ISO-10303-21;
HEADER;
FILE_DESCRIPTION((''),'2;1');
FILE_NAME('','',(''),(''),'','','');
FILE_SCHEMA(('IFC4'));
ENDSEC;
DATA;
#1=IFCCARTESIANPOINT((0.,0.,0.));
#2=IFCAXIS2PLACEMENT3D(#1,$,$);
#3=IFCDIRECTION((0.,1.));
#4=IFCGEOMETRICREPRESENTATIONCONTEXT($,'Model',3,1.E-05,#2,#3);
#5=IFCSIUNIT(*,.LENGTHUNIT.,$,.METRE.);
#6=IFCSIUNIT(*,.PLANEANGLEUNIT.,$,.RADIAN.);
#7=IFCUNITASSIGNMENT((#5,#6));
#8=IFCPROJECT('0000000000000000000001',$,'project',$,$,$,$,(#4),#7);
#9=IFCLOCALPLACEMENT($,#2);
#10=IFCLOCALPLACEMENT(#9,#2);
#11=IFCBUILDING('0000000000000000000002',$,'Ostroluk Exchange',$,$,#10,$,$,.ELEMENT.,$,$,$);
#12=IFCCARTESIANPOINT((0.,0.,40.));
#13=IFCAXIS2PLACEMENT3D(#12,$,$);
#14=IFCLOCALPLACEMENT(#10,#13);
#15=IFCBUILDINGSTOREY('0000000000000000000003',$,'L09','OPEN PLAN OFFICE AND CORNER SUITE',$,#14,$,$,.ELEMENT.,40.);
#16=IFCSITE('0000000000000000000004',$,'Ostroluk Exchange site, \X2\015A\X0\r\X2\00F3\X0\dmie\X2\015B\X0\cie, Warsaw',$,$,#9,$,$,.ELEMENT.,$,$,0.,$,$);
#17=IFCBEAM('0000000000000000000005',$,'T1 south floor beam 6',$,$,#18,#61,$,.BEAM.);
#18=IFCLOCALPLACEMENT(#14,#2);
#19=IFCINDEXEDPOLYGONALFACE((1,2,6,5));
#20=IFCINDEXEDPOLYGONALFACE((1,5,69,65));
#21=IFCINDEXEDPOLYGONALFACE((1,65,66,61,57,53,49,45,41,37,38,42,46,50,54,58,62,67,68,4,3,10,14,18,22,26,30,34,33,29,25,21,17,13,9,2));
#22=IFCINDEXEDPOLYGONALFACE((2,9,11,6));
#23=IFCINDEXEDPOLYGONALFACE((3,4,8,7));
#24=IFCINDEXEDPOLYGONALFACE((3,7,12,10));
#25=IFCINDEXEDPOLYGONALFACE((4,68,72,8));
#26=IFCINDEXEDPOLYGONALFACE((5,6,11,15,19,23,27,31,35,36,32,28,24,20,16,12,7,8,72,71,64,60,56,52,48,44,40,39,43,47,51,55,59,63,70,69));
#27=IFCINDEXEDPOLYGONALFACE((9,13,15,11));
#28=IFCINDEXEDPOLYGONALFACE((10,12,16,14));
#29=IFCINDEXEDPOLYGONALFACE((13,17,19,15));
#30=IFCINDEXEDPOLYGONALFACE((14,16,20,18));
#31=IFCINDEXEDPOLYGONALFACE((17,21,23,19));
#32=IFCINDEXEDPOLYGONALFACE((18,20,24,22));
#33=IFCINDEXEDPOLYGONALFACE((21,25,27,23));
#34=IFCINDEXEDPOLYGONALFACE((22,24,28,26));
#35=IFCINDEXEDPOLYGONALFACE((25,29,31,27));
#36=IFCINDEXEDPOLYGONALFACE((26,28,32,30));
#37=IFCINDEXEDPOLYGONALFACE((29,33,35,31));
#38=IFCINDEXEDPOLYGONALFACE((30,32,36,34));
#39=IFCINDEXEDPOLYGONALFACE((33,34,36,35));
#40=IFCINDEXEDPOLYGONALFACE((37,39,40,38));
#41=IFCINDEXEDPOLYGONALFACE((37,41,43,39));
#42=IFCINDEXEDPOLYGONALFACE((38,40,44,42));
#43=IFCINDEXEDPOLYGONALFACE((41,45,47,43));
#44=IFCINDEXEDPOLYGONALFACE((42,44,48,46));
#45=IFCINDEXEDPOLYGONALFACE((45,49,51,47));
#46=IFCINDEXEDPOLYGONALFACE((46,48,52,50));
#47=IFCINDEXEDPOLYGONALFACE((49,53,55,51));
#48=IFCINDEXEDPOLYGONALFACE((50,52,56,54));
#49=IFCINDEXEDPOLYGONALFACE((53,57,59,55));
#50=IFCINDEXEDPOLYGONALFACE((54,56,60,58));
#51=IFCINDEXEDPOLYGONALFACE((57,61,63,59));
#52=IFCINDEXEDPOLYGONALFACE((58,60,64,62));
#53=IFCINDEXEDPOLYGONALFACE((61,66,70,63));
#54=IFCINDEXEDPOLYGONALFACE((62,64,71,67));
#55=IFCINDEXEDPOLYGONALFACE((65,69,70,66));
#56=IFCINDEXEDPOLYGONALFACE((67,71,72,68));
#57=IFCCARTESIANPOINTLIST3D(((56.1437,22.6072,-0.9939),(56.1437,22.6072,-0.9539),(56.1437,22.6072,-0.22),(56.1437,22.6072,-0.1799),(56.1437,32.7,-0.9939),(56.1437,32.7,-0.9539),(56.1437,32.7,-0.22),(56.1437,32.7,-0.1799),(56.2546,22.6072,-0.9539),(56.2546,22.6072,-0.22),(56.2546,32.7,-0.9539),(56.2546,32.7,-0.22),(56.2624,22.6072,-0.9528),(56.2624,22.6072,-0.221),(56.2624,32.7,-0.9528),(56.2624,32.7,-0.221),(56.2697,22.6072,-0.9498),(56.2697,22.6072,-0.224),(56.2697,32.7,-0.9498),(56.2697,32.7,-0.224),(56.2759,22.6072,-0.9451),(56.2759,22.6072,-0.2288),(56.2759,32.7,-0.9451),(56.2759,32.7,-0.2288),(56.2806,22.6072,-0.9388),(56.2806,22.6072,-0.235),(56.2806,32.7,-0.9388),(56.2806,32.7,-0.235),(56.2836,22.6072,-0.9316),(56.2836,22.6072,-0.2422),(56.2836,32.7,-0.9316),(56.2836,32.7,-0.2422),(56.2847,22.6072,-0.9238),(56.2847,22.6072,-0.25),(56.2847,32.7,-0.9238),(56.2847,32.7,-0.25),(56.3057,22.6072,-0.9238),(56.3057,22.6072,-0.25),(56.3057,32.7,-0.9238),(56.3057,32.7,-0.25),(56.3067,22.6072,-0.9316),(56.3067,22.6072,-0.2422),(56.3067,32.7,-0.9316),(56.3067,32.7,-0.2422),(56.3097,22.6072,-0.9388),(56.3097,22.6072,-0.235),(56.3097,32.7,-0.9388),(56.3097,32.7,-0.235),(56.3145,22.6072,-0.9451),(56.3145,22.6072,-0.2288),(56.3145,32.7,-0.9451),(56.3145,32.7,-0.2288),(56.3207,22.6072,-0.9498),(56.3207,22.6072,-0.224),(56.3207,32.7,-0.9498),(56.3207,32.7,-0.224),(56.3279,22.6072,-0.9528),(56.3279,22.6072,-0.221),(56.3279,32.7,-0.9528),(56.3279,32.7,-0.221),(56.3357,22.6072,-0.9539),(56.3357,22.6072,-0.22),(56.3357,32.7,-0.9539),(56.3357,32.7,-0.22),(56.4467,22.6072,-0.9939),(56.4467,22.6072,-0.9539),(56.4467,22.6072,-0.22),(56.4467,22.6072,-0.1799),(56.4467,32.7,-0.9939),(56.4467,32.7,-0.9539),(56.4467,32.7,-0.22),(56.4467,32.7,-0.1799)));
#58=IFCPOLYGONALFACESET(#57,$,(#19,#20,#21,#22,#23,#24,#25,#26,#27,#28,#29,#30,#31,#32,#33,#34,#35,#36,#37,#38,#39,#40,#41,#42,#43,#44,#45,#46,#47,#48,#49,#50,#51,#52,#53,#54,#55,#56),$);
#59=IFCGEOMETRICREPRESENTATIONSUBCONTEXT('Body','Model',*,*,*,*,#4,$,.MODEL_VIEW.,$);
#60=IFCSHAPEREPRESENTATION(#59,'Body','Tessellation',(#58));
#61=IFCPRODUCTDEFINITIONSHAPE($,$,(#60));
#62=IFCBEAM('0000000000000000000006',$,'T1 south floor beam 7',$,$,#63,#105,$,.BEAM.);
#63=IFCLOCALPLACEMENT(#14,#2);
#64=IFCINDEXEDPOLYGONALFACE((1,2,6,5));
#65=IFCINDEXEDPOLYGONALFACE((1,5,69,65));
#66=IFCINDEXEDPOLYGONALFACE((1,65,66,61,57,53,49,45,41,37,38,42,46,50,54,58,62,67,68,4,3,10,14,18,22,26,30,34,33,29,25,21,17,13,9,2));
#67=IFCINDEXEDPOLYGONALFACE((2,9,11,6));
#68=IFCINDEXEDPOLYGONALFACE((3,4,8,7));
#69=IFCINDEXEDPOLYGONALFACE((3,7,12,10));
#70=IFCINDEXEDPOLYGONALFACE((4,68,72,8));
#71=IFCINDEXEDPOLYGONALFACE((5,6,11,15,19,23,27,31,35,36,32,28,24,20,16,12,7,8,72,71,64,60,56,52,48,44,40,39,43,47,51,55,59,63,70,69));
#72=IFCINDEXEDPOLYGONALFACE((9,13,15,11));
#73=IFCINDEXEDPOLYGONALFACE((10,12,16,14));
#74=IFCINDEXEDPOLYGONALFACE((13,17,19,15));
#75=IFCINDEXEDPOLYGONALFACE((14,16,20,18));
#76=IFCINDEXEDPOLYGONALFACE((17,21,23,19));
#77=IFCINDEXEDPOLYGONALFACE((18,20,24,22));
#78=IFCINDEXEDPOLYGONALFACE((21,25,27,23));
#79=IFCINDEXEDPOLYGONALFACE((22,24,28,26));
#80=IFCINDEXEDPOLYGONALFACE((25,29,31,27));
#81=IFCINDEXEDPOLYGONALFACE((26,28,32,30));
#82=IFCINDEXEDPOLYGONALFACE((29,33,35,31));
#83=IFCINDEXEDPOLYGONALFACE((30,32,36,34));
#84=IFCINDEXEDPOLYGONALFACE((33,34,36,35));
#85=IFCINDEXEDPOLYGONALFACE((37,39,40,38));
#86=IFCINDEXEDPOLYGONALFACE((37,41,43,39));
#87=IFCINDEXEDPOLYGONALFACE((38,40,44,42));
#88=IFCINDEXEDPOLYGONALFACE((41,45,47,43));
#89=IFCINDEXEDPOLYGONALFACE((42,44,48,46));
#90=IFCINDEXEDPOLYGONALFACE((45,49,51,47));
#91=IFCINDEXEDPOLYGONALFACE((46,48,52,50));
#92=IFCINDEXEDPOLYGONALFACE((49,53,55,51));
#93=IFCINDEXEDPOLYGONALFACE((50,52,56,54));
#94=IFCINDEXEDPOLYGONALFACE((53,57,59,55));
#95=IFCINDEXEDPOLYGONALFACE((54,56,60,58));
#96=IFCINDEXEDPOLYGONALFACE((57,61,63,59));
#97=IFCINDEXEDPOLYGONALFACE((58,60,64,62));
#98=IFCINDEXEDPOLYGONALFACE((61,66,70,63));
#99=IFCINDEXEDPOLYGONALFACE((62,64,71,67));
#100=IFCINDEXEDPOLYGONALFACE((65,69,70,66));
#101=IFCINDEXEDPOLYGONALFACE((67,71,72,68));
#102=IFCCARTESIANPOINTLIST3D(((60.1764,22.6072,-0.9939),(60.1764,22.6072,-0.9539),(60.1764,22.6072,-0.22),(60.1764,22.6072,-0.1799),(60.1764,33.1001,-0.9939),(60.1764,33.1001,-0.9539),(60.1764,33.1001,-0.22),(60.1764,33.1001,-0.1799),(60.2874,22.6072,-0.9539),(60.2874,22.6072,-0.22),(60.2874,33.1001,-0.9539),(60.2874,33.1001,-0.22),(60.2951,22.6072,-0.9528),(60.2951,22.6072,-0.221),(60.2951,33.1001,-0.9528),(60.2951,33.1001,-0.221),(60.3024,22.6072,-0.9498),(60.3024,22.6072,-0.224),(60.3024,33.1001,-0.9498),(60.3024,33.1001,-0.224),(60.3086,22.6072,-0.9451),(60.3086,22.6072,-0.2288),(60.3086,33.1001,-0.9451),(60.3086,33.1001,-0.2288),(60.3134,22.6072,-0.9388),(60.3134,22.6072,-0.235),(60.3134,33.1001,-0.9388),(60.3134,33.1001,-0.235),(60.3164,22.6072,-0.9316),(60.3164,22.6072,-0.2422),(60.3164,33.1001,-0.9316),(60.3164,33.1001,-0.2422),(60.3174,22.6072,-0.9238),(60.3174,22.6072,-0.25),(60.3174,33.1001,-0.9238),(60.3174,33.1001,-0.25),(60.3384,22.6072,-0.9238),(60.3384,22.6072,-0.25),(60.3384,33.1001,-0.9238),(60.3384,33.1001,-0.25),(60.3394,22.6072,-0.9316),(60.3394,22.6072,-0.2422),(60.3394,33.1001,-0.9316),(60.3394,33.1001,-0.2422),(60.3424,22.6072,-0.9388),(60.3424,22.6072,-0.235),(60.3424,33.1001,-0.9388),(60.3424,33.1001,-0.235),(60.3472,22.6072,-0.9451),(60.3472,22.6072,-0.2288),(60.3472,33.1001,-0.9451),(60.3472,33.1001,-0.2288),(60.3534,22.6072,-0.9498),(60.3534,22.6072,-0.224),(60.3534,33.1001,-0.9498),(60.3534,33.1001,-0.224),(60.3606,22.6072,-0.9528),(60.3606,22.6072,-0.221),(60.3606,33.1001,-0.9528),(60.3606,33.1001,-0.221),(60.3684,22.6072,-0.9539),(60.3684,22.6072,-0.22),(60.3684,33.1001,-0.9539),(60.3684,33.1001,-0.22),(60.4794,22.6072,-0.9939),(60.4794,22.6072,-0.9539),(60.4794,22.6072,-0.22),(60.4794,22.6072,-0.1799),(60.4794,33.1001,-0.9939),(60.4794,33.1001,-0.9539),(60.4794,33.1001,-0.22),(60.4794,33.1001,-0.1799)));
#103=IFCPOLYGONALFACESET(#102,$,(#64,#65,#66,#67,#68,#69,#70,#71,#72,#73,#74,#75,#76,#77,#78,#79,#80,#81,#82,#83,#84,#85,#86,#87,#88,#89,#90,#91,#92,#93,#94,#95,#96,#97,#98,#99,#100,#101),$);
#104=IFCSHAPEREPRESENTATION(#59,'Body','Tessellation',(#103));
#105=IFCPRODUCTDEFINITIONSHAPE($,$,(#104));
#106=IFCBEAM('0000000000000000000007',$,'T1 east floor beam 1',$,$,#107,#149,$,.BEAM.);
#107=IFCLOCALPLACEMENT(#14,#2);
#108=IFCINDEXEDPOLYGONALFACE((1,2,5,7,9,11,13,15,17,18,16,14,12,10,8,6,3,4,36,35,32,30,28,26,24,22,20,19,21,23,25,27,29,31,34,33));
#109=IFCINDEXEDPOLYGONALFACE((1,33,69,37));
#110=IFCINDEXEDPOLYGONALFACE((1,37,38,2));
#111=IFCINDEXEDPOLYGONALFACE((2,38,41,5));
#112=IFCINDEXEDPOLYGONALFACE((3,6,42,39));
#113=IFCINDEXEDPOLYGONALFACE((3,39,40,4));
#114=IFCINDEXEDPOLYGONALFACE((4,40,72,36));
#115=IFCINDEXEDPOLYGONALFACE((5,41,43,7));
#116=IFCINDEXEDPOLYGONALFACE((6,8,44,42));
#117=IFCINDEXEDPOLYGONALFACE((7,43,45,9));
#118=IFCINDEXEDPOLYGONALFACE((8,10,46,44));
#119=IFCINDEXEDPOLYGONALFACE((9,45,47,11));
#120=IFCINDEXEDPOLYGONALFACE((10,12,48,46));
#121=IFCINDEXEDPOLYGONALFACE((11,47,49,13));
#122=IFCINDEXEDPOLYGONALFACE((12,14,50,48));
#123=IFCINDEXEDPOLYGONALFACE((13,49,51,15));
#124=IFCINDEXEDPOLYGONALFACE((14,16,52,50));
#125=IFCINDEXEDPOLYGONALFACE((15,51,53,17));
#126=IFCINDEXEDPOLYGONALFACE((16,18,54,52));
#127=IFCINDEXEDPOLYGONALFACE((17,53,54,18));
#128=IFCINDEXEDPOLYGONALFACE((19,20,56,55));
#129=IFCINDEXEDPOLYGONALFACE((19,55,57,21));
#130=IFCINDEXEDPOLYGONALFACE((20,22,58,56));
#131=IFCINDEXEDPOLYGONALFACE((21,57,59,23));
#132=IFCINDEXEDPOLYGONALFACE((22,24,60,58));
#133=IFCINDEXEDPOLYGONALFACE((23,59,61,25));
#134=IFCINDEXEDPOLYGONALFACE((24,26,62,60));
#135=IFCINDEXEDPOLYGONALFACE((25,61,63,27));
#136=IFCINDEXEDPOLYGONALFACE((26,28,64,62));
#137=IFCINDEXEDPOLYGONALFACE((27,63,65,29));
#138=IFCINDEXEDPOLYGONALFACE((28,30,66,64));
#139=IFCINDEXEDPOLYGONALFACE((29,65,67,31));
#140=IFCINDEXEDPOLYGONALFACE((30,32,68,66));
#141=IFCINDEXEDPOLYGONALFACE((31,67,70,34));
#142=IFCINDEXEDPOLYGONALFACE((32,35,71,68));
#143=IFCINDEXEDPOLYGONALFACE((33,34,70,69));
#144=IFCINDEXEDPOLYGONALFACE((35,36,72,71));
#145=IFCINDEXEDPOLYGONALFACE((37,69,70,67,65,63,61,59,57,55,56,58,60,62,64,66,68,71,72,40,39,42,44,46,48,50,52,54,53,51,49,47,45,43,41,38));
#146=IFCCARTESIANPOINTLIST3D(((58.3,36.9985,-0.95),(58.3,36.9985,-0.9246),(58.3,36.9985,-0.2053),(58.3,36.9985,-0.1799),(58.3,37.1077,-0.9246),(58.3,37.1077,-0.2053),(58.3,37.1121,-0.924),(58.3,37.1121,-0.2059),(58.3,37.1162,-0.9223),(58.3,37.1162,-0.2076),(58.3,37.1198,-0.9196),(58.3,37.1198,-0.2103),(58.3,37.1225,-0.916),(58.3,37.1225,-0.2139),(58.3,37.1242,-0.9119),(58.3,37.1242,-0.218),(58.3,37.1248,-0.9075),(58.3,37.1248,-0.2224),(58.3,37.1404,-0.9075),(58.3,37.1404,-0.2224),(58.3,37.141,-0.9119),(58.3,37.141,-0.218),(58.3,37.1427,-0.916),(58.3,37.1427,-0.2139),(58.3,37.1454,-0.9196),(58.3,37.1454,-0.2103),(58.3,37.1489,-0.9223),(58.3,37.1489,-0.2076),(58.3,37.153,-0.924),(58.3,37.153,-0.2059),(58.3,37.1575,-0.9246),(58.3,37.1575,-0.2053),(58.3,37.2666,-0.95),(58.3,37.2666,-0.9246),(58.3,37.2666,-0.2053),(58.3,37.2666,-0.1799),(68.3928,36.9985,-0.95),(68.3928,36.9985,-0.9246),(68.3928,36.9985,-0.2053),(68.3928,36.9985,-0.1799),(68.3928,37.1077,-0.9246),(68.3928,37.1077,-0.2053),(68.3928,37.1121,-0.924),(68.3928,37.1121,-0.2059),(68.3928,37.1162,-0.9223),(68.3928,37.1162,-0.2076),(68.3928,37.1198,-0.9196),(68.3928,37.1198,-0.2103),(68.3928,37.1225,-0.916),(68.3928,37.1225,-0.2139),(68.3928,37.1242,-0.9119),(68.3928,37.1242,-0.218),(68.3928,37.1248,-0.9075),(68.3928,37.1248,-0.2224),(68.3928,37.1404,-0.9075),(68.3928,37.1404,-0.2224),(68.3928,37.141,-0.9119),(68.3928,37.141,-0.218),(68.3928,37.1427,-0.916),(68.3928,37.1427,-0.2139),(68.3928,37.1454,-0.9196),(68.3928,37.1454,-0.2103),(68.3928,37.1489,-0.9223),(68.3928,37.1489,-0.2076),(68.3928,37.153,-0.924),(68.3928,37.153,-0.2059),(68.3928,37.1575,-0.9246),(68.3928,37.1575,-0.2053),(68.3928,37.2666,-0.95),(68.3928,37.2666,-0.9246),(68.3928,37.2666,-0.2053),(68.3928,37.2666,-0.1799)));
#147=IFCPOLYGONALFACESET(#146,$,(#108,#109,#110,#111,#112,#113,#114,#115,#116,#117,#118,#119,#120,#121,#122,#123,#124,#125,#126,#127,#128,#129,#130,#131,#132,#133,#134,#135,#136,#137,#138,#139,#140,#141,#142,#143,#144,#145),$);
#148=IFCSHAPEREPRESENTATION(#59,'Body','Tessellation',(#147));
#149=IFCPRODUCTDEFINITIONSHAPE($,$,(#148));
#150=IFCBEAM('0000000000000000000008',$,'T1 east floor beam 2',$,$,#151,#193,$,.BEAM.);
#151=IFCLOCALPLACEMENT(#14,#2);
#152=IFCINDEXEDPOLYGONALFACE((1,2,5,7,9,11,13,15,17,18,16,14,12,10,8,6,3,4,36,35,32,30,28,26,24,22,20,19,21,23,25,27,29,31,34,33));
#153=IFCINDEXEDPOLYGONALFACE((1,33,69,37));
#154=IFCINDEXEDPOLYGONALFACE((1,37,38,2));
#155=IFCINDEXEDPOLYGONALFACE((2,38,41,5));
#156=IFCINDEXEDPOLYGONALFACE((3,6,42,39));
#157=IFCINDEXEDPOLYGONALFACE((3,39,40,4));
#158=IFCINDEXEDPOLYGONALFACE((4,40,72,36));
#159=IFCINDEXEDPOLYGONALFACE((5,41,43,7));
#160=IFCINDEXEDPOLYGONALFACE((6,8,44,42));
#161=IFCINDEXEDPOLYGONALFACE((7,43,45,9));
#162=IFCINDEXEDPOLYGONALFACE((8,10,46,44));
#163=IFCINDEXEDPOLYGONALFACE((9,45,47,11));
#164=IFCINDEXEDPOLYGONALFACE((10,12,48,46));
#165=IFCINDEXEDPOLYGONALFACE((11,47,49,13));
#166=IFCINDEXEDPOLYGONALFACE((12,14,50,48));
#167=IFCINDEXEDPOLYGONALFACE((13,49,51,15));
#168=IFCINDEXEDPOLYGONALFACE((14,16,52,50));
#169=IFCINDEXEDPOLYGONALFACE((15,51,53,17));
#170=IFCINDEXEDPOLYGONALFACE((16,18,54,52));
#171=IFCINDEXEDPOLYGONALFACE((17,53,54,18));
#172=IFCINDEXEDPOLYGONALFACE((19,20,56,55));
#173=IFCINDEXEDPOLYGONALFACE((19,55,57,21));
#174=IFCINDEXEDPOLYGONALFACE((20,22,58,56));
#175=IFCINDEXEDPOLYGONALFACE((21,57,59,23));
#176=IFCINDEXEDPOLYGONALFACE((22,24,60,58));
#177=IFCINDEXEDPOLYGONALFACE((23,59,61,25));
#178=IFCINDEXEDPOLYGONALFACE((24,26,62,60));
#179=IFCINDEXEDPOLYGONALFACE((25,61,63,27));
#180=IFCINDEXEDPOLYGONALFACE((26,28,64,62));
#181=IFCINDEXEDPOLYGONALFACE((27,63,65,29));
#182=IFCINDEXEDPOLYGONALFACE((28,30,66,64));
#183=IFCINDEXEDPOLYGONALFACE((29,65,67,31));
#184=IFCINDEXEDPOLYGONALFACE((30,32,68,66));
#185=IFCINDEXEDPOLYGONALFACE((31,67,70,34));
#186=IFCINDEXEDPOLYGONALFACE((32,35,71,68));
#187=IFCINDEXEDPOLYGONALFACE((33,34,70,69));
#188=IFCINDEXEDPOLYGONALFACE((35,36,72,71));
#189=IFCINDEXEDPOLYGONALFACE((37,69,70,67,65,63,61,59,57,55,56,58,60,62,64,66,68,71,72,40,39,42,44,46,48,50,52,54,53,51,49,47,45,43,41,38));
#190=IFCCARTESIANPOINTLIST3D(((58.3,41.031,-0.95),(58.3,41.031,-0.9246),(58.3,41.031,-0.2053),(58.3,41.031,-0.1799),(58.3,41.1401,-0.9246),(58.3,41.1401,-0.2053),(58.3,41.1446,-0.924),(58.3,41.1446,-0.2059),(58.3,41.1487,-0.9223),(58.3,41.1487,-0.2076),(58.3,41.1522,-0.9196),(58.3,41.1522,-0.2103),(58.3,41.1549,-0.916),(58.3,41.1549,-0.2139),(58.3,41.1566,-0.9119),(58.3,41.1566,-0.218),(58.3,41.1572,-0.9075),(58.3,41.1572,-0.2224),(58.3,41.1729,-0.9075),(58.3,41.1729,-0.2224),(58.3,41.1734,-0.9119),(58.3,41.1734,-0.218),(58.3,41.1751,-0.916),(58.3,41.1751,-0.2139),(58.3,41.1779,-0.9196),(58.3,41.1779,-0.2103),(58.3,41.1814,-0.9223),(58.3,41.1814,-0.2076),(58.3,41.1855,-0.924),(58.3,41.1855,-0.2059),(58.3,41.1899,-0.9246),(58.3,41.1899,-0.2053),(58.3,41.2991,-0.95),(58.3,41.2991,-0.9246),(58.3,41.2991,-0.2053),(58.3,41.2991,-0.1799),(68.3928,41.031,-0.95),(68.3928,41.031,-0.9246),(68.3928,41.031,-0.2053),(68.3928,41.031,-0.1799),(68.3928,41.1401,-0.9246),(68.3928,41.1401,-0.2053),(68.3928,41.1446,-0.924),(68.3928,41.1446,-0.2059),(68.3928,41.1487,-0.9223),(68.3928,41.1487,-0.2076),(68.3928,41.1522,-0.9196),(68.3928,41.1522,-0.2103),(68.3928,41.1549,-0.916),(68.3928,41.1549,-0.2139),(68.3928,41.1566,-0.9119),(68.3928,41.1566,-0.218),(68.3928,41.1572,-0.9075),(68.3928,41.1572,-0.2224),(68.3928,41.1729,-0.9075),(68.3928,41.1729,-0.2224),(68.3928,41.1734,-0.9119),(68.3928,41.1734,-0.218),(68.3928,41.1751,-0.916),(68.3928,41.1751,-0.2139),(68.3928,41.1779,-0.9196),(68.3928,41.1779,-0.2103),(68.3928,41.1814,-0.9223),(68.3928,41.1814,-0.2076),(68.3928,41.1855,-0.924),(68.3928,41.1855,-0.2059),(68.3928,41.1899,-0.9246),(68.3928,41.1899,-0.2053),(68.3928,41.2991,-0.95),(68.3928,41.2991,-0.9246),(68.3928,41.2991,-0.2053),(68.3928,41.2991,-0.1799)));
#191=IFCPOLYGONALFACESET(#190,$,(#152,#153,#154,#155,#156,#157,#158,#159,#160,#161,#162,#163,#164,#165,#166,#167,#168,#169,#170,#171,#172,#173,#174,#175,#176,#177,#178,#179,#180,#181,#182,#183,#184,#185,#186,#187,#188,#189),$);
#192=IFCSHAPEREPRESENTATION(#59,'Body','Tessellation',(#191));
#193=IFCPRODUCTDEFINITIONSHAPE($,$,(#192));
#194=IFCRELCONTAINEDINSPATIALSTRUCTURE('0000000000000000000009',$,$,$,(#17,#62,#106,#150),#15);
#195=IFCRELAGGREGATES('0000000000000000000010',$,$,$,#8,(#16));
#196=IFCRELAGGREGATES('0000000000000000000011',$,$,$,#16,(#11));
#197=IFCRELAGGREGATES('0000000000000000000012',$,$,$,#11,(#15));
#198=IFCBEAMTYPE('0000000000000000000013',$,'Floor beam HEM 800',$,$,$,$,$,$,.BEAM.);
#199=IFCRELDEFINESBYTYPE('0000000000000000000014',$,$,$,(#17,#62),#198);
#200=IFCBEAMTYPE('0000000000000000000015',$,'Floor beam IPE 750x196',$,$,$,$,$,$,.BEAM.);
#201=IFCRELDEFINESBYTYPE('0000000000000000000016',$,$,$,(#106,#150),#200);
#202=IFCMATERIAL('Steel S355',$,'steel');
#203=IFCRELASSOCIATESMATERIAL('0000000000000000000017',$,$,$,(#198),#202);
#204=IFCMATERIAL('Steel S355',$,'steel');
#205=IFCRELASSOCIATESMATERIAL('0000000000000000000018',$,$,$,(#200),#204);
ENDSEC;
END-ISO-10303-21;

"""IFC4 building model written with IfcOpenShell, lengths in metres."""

from ifc_helpers import new_model, si_unit, direction, frame, origin, origin_2d, place, context, subcontext, project, spatial, i_section, extrude, material, material_profile, profile_set, type_object, element, save


model = new_model("IFC4")

# Units and contexts
model_context = context("Model", 3, precision=1e-05, world=origin(), true_north=direction((0.0, 1.0)))
body_context = subcontext(model_context, "Body", "Model", "MODEL_VIEW")
ifc_project = project(units=[si_unit("LENGTHUNIT", "METRE"), si_unit("PLANEANGLEUNIT", "RADIAN")], contexts=[model_context])

# Site, building, storey
site_placement = place(None, origin())
site = spatial("IfcSite", under=ifc_project, at=site_placement, Name="Ostroluk Exchange site, Śródmieście, Warsaw", CompositionType="ELEMENT", RefElevation=0.0)
building_placement = place(site_placement, origin())
building = spatial("IfcBuilding", under=site, at=building_placement, Name="Ostroluk Exchange", CompositionType="ELEMENT")
storey_placement = place(building_placement, frame((0.0, 0.0, 40.0)))
storey = spatial("IfcBuildingStorey", under=building, at=storey_placement, Name="L09", Description="OPEN PLAN OFFICE AND CORNER SUITE", CompositionType="ELEMENT", Elevation=40.0)

# Beams
ifc_material_1 = material(Name="Steel S355", Category="steel")
ifc_material_profile_1 = material_profile(ifc_material_1, i_section(OverallWidth=0.303, OverallDepth=0.814, WebThickness=0.021, FlangeThickness=0.04, FilletRadius=0.03, at=origin_2d()), Name="HEM 800")
ifc_profile_set_1 = profile_set([ifc_material_profile_1], Name="Steel S355")
beam_type_1 = type_object("IfcBeamType", Name="Floor beam HEM 800", PredefinedType="BEAM", material=ifc_profile_set_1)
beam_1_placement = place(storey_placement, frame((56.2952, 32.7, -0.5869), z_axis=(0.0, -1.0, 0.0), x_axis=(1.0, 0.0, 0.0)))
element("IfcBeam", 1, at=beam_1_placement, inside=storey, type_object=beam_type_1, Name="T1 south floor beam 6", PredefinedType="BEAM", context=body_context, shape_type="SweptSolid", body=[
    extrude(i_section(OverallWidth=0.303, OverallDepth=0.814, WebThickness=0.021, FlangeThickness=0.04, FilletRadius=0.03, at=origin_2d()), origin(), (0.0, 0.0, 1.0), 10.0928),
])
beam_2_placement = place(storey_placement, frame((60.3279, 33.1001, -0.5869), z_axis=(0.0, -1.0, 0.0), x_axis=(1.0, 0.0, 0.0)))
element("IfcBeam", 2, at=beam_2_placement, inside=storey, type_object=beam_type_1, Name="T1 south floor beam 7", PredefinedType="BEAM", context=body_context, shape_type="SweptSolid", body=[
    extrude(i_section(OverallWidth=0.303, OverallDepth=0.814, WebThickness=0.021, FlangeThickness=0.04, FilletRadius=0.03, at=origin_2d()), origin(), (0.0, 0.0, 1.0), 10.4929),
])
ifc_material_2 = material(Name="Steel S355", Category="steel")
ifc_material_profile_2 = material_profile(ifc_material_2, i_section(OverallWidth=0.2681, OverallDepth=0.77, WebThickness=0.0156, FlangeThickness=0.0254, FilletRadius=0.0171, at=origin_2d()), Name="IPE 750x196")
ifc_profile_set_2 = profile_set([ifc_material_profile_2], Name="Steel S355")
beam_type_2 = type_object("IfcBeamType", Name="Floor beam IPE 750x196", PredefinedType="BEAM", material=ifc_profile_set_2)
for number, where, z_axis, x_axis, name in (
    (3, (58.3, 37.1326, -0.5649), (1.0, 0.0, 0.0), (0.0, 1.0, 0.0), "T1 east floor beam 1"),
    (4, (58.3, 41.165, -0.5649), (1.0, 0.0, 0.0), (0.0, 1.0, 0.0), "T1 east floor beam 2"),
):
    element("IfcBeam", number, at=place(storey_placement, frame(where, z_axis=z_axis, x_axis=x_axis)), inside=storey, type_object=beam_type_2, Name=name, PredefinedType="BEAM", context=body_context, shape_type="SweptSolid", body=[
        extrude(i_section(OverallWidth=0.2681, OverallDepth=0.77, WebThickness=0.0156, FlangeThickness=0.0254, FilletRadius=0.0171, at=origin_2d()), origin(), (0.0, 0.0, 1.0), 10.0928),
    ])

save(model, "model.ifc")
